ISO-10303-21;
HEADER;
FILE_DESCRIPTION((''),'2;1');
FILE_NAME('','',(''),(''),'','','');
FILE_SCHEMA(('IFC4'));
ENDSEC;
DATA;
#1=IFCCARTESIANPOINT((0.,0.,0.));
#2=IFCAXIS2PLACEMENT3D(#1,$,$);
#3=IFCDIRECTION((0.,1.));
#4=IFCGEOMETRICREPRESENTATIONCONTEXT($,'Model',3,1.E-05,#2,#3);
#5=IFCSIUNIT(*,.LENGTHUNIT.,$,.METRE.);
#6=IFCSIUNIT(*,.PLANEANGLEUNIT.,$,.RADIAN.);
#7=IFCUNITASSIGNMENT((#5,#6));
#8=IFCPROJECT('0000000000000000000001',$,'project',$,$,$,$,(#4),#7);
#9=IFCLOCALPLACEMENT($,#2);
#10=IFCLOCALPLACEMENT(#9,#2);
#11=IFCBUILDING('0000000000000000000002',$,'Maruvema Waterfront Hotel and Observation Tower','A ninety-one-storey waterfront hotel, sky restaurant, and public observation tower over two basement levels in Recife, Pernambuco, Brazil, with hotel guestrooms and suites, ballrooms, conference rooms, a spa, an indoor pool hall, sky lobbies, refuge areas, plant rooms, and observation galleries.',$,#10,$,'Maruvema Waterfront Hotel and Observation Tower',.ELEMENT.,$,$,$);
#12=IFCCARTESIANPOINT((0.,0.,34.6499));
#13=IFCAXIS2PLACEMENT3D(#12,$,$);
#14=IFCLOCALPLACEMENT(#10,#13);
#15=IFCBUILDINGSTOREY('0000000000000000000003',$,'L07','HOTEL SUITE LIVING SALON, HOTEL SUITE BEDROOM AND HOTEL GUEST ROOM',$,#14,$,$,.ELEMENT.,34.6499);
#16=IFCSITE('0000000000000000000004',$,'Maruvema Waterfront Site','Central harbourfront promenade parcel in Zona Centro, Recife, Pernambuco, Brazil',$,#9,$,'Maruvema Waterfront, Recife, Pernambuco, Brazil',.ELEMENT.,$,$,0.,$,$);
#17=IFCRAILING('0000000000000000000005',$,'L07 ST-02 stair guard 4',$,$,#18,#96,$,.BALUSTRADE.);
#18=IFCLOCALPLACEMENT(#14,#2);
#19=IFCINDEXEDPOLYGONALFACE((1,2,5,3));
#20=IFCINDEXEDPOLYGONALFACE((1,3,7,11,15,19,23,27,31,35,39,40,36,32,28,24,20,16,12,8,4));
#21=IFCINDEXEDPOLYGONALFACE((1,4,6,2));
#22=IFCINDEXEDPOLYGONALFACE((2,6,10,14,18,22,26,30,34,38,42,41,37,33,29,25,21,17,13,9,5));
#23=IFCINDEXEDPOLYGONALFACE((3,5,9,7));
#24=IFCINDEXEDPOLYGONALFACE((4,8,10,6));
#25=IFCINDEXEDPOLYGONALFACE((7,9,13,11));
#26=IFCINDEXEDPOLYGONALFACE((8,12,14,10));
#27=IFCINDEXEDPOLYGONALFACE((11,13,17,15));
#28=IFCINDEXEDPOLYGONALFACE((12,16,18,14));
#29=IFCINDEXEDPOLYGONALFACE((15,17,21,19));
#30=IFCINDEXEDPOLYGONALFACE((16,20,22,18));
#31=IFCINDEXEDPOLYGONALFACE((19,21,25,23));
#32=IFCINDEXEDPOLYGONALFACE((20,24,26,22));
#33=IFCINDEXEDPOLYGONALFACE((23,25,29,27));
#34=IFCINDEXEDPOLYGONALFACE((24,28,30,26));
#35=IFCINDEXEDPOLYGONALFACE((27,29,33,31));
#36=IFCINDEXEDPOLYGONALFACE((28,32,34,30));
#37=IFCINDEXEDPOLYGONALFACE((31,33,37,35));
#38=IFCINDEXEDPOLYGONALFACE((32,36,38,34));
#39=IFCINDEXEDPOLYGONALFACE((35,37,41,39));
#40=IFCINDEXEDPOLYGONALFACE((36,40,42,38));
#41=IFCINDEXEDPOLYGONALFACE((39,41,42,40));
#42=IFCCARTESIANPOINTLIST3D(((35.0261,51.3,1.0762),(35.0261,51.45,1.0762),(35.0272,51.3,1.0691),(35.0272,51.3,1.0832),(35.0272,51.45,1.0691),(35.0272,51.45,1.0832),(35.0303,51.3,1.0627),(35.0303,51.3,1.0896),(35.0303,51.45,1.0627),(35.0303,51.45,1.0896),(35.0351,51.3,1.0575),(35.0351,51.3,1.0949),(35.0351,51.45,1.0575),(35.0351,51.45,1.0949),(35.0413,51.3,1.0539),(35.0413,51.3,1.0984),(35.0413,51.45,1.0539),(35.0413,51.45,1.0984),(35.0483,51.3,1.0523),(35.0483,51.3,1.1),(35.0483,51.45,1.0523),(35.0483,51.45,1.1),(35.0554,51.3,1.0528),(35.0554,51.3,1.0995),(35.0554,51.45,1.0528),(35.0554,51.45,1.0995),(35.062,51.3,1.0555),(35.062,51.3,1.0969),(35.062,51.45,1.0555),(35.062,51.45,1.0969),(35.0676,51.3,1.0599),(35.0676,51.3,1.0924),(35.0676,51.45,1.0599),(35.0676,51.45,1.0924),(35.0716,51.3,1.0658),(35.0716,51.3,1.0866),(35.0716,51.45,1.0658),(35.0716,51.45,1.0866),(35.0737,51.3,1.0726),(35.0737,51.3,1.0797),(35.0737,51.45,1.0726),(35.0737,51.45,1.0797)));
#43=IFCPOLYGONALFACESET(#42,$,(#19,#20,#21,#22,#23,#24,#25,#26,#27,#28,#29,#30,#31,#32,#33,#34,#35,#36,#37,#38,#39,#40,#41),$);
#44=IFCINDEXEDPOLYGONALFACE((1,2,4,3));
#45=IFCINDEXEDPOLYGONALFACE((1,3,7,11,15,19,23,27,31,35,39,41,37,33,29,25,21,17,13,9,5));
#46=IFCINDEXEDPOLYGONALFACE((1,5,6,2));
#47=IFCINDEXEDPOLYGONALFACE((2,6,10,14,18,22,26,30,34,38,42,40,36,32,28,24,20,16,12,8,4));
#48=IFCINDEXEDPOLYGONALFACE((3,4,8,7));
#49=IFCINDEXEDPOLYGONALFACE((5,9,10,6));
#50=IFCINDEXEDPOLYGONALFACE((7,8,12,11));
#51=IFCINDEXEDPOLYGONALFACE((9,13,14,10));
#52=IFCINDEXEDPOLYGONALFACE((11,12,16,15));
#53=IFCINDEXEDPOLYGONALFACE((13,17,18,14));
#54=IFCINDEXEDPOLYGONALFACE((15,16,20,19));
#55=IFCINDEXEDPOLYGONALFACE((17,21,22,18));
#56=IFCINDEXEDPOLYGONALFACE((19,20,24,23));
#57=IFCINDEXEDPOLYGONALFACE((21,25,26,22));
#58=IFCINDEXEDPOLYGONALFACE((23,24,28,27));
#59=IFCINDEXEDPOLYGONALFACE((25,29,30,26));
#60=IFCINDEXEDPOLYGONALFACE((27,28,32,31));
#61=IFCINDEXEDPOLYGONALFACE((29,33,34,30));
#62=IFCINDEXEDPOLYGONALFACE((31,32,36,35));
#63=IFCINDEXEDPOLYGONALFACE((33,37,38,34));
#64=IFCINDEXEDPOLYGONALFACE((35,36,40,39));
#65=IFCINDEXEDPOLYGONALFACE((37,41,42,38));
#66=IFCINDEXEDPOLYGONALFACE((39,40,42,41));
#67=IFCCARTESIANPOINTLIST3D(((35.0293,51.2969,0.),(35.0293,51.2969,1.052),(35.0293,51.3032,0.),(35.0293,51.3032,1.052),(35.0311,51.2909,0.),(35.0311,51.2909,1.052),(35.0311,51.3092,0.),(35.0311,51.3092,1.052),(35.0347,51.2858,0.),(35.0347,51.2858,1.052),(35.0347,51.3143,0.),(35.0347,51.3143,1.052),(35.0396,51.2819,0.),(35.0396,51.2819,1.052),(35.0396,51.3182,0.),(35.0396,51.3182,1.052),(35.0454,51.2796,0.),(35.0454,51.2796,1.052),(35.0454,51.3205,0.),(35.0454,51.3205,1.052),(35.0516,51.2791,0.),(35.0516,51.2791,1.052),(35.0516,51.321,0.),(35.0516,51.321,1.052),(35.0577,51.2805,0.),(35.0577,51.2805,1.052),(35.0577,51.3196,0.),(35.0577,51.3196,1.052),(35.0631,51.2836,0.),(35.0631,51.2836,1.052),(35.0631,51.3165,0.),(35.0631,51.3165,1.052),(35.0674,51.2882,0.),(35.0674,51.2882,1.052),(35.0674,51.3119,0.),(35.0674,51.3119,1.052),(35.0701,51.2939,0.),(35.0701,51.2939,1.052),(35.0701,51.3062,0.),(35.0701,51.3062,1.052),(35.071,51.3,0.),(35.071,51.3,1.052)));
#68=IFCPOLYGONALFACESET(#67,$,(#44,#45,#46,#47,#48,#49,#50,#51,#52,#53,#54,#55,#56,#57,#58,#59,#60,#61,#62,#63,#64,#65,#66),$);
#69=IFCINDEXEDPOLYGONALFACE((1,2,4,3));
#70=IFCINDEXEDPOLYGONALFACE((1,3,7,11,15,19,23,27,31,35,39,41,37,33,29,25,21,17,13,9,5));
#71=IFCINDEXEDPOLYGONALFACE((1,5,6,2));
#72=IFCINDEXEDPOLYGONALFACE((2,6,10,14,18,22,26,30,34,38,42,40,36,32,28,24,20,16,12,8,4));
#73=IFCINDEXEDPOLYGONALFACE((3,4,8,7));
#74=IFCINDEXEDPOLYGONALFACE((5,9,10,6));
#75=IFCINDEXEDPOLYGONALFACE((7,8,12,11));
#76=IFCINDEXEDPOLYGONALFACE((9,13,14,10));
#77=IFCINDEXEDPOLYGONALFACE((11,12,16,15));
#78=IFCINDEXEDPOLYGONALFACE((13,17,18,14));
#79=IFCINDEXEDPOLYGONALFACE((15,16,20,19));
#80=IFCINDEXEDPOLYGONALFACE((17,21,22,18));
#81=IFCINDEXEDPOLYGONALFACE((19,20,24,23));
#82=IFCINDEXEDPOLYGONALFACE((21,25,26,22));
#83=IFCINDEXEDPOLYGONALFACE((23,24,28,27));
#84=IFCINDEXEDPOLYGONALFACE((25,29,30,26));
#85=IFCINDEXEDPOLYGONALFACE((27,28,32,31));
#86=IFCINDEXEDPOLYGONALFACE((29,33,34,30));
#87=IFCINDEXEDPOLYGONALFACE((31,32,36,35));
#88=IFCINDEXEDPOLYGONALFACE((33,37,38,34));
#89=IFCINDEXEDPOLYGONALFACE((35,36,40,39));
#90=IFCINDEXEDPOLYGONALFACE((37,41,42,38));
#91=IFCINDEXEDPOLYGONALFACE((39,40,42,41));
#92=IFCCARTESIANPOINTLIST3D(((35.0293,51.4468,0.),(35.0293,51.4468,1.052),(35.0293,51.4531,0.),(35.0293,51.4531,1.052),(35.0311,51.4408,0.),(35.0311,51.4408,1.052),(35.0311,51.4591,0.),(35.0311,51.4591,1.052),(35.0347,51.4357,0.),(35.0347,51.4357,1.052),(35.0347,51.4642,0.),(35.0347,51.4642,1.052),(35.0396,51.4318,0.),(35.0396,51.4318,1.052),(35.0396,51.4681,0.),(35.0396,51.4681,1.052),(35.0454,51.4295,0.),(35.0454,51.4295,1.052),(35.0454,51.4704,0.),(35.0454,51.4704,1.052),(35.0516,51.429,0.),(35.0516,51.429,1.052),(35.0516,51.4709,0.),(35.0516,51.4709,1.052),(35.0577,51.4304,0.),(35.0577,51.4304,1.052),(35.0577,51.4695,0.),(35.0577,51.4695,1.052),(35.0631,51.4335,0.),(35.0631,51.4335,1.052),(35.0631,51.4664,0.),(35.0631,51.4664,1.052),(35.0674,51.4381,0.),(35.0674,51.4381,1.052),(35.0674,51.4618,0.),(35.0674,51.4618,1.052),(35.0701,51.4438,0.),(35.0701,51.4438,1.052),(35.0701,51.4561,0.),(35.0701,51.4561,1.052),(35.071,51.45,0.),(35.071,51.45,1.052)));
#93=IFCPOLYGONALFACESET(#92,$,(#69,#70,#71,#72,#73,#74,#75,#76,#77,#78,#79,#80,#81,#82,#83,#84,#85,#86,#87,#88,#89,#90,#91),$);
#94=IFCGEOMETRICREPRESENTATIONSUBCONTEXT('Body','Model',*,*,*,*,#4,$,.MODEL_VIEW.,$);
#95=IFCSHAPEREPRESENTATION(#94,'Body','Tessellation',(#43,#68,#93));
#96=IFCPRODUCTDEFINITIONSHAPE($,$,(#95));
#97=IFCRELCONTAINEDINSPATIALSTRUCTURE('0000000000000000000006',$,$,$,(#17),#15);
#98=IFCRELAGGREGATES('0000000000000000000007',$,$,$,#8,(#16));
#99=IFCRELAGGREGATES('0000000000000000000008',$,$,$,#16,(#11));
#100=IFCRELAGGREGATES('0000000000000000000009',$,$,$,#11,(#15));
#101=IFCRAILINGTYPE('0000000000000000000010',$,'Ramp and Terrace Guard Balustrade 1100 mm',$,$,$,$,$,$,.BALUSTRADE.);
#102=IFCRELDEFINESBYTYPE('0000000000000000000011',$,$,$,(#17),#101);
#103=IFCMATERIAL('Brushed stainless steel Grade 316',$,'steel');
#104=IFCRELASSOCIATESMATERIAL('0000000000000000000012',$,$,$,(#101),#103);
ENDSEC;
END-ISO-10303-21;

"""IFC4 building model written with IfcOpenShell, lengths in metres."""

from ifc_helpers import new_model, si_unit, direction, frame, origin, origin_2d, place, context, subcontext, project, spatial, circle, extrude, material, type_object, element, save


model = new_model("IFC4")

# Units and contexts
model_context = context("Model", 3, precision=1e-05, world=origin(), true_north=direction((0.0, 1.0)))
body_context = subcontext(model_context, "Body", "Model", "MODEL_VIEW")
ifc_project = project(units=[si_unit("LENGTHUNIT", "METRE"), si_unit("PLANEANGLEUNIT", "RADIAN")], contexts=[model_context])

# Site, building, storey
site_placement = place(None, origin())
site = spatial("IfcSite", under=ifc_project, at=site_placement, Name="Maruvema Waterfront Site", Description="Central harbourfront promenade parcel in Zona Centro, Recife, Pernambuco, Brazil", LongName="Maruvema Waterfront, Recife, Pernambuco, Brazil", CompositionType="ELEMENT", RefElevation=0.0)
building_placement = place(site_placement, origin())
building = spatial("IfcBuilding", under=site, at=building_placement, Name="Maruvema Waterfront Hotel and Observation Tower", Description="A ninety-one-storey waterfront hotel, sky restaurant, and public observation tower over two basement levels in Recife, Pernambuco, Brazil, with hotel guestrooms and suites, ballrooms, conference rooms, a spa, an indoor pool hall, sky lobbies, refuge areas, plant rooms, and observation galleries.", LongName="Maruvema Waterfront Hotel and Observation Tower", CompositionType="ELEMENT")
storey_placement = place(building_placement, frame((0.0, 0.0, 34.6499)))
storey = spatial("IfcBuildingStorey", under=building, at=storey_placement, Name="L07", Description="HOTEL SUITE LIVING SALON, HOTEL SUITE BEDROOM AND HOTEL GUEST ROOM", CompositionType="ELEMENT", Elevation=34.6499)

# Railing
ifc_material_1 = material(Name="Brushed stainless steel Grade 316", Category="steel")
railing_type_1 = type_object("IfcRailingType", Name="Ramp and Terrace Guard Balustrade 1100 mm", PredefinedType="BALUSTRADE", material=ifc_material_1)
railing_1_placement = place(storey_placement, frame((35.05, 51.3, 0.0)))
element("IfcRailing", 1, at=railing_1_placement, inside=storey, type_object=railing_type_1, Name="L07 ST-02 stair guard 4", PredefinedType="BALUSTRADE", context=body_context, shape_type="SweptSolid", body=[
    extrude(circle(Radius=0.0239, at=origin_2d()), frame((0.0, 0.0, 1.0762), z_axis=(0.0, 1.0, 0.0), x_axis=(-1.0, 0.0, 0.0)), (0.0, 0.0, 1.0), 0.1499),
    extrude(circle(Radius=0.021, at=origin_2d()), origin(), (0.0, 0.0, 1.0), 1.052),
    extrude(circle(Radius=0.021, at=origin_2d()), frame((0.0, 0.1499, 0.0)), (0.0, 0.0, 1.0), 1.052),
])

save(model, "model.ifc")
